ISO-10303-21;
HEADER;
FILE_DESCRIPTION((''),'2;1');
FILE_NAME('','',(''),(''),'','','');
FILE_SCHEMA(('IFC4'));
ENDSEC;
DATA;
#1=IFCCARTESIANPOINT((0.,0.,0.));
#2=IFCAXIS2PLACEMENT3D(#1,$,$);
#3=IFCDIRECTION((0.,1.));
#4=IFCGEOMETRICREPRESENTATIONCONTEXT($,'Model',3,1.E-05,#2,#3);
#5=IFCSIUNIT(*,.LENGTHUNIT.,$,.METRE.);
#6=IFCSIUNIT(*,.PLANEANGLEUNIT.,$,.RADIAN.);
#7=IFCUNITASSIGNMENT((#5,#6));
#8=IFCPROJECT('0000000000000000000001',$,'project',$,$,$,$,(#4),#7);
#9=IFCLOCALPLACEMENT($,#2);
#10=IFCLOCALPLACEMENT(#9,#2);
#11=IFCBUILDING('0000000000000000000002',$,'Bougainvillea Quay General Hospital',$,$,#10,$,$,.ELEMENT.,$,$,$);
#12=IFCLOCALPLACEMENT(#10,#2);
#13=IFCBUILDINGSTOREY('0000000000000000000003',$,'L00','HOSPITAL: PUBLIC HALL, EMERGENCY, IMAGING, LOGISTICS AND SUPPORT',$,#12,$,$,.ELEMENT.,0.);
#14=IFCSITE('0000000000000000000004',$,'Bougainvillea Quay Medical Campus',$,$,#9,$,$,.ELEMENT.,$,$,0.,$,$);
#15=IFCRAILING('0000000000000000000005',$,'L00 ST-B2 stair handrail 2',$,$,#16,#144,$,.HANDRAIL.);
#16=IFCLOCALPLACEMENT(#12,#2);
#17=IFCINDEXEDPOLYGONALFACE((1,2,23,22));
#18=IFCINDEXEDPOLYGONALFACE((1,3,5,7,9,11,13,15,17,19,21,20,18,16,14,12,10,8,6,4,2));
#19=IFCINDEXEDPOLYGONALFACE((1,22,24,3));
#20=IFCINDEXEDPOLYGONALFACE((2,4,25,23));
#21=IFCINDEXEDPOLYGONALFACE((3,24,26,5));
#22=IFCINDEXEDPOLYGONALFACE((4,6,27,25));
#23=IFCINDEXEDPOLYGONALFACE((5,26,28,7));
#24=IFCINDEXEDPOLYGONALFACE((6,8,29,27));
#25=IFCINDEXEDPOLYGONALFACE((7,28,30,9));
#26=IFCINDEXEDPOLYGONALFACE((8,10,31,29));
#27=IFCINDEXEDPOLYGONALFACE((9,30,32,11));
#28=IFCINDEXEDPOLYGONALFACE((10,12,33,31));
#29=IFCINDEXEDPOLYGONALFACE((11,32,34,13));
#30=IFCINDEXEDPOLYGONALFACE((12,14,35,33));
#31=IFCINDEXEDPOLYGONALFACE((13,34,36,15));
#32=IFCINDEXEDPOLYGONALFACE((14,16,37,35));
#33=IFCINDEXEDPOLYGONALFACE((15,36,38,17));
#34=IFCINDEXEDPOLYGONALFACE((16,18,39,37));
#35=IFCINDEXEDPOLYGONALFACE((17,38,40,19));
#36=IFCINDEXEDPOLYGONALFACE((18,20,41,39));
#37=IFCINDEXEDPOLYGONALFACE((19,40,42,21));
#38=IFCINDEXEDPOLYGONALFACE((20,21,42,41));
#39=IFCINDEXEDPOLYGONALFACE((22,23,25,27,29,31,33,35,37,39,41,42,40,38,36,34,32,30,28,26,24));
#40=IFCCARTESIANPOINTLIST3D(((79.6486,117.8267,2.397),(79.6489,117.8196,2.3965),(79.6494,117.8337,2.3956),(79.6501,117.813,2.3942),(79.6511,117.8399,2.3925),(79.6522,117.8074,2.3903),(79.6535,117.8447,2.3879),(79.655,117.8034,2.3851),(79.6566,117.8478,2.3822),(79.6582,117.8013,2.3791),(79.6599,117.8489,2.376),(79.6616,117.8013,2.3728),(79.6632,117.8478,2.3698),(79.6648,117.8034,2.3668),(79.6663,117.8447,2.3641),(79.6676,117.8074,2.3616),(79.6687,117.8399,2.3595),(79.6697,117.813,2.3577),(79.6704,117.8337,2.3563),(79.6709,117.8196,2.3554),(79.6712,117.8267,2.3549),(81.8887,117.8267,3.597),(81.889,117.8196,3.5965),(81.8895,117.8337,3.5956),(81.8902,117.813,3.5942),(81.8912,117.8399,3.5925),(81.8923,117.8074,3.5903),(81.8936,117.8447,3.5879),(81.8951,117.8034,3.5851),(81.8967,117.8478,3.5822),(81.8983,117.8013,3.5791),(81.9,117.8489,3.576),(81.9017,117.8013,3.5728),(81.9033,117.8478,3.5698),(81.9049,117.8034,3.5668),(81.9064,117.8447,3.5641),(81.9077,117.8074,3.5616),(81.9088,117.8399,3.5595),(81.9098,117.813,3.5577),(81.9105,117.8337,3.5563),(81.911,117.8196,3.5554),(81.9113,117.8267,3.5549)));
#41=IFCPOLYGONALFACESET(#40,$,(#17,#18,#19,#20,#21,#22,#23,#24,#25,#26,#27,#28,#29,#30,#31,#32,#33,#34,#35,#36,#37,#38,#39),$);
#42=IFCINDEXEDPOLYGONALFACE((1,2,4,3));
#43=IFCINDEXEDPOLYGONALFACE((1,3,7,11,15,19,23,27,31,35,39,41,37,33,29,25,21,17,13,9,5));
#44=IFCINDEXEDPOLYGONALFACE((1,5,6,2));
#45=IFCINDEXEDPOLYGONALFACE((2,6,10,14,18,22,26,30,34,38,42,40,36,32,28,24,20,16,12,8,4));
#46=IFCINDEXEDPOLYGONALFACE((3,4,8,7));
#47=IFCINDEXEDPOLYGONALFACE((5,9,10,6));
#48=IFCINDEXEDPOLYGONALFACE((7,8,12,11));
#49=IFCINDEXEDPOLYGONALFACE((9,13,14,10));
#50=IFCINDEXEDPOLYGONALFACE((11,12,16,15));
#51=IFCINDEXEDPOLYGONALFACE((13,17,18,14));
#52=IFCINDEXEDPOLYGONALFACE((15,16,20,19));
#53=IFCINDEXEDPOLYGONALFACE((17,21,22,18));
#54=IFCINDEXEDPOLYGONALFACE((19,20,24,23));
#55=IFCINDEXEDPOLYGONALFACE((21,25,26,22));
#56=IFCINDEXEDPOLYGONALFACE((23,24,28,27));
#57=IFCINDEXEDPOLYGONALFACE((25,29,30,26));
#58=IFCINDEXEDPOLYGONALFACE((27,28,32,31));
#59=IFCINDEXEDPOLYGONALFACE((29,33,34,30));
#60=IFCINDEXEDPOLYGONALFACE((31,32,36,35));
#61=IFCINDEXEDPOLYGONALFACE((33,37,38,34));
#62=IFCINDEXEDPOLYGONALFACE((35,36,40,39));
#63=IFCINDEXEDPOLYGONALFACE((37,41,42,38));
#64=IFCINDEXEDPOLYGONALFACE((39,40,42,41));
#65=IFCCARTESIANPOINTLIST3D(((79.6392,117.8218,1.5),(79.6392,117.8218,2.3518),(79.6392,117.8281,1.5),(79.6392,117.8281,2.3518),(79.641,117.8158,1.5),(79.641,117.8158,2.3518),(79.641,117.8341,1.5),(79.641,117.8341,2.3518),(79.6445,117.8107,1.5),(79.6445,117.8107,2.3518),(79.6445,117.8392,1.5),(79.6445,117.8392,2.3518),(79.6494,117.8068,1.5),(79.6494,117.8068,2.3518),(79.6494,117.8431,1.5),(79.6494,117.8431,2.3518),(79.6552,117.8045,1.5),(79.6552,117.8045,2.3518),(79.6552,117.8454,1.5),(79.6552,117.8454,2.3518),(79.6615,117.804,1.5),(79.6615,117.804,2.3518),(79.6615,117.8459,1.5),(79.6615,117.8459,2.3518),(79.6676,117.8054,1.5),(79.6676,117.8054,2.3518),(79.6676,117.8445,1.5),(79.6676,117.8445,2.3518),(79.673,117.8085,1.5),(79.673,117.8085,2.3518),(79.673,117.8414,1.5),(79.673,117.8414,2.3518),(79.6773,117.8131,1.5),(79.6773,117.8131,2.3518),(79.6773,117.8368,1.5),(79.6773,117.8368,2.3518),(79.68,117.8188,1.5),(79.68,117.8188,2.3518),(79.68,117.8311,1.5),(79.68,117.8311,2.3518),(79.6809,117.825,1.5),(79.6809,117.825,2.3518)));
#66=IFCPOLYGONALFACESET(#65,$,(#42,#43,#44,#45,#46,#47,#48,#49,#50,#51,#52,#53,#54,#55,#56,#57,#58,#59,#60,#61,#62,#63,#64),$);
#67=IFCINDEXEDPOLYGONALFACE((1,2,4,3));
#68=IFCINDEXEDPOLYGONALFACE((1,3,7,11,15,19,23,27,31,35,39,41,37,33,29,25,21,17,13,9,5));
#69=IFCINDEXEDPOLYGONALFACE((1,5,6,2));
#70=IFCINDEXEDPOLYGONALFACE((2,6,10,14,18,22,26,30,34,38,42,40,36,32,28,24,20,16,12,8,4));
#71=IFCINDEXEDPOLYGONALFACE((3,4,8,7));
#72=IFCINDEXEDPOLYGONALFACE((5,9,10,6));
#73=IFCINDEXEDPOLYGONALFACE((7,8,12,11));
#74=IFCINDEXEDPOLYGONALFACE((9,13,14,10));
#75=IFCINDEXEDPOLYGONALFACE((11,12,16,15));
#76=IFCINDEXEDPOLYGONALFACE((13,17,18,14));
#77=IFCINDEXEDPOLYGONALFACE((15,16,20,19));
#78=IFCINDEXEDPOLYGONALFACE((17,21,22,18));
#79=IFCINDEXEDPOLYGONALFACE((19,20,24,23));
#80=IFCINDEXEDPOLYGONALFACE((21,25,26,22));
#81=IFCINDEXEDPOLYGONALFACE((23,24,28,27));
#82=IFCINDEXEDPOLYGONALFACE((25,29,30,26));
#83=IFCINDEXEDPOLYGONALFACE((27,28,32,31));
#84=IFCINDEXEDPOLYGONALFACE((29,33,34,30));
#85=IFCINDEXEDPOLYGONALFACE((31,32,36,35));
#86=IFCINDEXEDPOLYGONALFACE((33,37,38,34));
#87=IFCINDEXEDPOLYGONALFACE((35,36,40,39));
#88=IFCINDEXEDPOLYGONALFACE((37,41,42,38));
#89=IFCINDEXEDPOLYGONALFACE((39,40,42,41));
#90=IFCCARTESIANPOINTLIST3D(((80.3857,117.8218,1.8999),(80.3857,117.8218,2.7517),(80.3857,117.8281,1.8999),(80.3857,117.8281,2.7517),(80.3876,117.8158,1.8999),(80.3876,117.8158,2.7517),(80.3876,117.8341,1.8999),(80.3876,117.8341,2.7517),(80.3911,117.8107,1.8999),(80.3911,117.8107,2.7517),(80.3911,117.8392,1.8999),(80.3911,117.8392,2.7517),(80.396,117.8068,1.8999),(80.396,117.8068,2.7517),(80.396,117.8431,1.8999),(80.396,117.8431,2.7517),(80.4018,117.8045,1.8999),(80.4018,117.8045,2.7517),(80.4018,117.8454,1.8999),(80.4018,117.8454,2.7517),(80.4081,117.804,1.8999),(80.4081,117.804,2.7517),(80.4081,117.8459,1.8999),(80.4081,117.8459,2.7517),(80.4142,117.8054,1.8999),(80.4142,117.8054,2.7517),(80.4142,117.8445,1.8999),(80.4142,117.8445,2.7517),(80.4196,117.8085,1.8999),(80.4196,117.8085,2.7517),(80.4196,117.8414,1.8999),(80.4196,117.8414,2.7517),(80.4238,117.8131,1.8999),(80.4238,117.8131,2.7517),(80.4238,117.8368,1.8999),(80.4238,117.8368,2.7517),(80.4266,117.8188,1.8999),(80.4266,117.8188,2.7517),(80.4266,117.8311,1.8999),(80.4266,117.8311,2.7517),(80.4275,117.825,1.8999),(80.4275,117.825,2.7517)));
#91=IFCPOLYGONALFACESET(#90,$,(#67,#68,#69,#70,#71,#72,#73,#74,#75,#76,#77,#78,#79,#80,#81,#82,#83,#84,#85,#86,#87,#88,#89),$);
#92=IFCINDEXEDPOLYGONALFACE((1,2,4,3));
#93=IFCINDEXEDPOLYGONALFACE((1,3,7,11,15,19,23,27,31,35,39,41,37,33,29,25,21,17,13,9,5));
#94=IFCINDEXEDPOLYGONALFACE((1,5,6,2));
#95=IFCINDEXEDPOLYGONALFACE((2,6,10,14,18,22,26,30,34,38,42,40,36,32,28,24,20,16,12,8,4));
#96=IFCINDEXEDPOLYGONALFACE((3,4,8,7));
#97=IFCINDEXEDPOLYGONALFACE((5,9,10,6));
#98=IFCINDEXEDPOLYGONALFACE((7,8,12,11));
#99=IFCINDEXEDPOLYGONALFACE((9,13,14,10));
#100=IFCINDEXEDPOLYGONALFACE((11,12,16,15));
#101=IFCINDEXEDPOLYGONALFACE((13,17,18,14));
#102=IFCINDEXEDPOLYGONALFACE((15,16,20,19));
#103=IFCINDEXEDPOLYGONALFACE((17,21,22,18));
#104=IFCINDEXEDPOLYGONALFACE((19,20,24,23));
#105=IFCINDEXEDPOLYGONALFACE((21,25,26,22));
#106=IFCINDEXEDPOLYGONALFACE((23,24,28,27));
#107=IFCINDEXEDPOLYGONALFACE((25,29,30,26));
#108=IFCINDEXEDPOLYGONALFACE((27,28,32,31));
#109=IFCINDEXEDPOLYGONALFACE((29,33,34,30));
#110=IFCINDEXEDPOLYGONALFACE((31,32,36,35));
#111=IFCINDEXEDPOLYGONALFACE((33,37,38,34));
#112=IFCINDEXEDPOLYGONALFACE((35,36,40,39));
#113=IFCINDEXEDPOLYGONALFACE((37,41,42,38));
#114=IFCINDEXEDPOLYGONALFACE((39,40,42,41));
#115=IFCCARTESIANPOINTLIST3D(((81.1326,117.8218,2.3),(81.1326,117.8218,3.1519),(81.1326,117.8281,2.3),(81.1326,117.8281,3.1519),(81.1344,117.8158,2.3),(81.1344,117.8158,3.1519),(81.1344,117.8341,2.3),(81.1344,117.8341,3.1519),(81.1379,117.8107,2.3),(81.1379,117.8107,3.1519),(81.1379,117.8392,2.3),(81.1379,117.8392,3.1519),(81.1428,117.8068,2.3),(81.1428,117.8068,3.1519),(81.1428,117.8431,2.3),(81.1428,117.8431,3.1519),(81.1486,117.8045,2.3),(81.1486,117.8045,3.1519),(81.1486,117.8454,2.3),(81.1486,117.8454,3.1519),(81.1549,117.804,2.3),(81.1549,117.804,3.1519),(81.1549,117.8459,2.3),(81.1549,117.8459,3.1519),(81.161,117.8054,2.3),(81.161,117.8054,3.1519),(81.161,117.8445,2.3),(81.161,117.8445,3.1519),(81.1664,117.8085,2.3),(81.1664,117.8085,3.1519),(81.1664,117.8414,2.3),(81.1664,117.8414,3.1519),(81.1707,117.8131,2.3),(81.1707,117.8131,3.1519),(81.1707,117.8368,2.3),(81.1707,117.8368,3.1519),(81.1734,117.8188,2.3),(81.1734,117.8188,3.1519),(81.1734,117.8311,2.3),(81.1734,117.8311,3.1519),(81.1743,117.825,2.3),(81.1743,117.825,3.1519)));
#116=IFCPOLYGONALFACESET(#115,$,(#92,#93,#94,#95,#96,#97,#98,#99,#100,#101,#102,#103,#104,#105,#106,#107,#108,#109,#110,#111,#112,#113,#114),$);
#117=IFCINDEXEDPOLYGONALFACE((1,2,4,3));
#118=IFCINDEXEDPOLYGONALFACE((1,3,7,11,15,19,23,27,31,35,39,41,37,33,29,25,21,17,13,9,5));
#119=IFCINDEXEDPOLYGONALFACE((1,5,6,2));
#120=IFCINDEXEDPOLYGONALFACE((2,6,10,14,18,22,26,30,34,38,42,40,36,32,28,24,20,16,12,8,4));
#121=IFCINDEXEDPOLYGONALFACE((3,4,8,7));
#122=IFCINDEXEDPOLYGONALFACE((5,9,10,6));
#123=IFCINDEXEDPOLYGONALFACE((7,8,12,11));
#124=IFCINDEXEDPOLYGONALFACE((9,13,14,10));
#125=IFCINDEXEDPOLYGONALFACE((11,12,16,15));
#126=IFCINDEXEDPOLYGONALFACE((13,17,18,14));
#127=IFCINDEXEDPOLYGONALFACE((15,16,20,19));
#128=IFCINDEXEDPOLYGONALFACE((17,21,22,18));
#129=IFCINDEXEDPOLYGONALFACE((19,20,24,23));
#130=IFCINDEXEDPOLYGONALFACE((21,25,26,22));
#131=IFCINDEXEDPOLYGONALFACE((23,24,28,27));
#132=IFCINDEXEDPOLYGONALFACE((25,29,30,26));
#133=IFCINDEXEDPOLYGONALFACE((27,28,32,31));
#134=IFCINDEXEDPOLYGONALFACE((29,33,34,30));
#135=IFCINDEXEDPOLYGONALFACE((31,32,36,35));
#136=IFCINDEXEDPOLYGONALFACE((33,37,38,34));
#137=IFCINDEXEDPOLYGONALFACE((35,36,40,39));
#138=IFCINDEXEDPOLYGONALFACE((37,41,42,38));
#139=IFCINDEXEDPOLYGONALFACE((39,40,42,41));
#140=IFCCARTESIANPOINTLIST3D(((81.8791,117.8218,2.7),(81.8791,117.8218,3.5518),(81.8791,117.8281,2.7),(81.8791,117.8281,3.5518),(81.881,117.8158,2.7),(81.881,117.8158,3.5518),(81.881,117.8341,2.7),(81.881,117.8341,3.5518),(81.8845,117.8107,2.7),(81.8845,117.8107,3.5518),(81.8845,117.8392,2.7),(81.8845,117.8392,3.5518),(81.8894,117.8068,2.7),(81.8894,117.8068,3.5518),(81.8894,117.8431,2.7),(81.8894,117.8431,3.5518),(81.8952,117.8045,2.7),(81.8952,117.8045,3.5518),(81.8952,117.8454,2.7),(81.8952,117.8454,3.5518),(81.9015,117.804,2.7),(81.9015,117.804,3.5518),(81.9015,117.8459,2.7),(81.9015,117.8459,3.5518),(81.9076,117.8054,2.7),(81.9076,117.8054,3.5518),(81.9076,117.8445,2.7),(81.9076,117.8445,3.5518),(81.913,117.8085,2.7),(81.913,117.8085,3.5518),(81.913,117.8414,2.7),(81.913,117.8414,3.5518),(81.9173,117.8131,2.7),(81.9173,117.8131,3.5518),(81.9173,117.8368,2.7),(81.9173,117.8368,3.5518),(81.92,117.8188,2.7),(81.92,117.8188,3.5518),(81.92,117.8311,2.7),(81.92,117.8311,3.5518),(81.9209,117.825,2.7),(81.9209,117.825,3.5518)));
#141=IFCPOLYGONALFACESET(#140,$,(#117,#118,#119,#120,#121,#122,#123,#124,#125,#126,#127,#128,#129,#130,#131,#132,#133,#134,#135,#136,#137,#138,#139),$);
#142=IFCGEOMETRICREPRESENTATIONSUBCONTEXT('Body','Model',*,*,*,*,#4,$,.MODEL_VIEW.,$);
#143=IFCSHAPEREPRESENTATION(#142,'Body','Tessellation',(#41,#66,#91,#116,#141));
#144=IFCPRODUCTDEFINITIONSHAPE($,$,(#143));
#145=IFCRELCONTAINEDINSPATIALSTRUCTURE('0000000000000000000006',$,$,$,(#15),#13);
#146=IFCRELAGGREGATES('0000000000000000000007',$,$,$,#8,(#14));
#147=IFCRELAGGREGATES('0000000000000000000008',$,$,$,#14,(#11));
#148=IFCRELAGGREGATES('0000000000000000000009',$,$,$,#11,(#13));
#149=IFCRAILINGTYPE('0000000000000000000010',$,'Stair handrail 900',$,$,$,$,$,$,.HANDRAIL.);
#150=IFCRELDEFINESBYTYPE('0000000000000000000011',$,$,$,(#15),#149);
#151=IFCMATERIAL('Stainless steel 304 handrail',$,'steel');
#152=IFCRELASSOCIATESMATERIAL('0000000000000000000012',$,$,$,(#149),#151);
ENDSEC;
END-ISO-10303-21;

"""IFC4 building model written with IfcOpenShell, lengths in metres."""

from ifc_helpers import new_model, si_unit, direction, frame, origin, origin_2d, place, context, subcontext, project, spatial, circle, extrude, material, type_object, element, save


model = new_model("IFC4")

# Units and contexts
model_context = context("Model", 3, precision=1e-05, world=origin(), true_north=direction((0.0, 1.0)))
body_context = subcontext(model_context, "Body", "Model", "MODEL_VIEW")
ifc_project = project(units=[si_unit("LENGTHUNIT", "METRE"), si_unit("PLANEANGLEUNIT", "RADIAN")], contexts=[model_context])

# Site, building, storey
site_placement = place(None, origin())
site = spatial("IfcSite", under=ifc_project, at=site_placement, Name="Bougainvillea Quay Medical Campus", CompositionType="ELEMENT", RefElevation=0.0)
building_placement = place(site_placement, origin())
building = spatial("IfcBuilding", under=site, at=building_placement, Name="Bougainvillea Quay General Hospital", CompositionType="ELEMENT")
storey_placement = place(building_placement, origin())
storey = spatial("IfcBuildingStorey", under=building, at=storey_placement, Name="L00", Description="HOSPITAL: PUBLIC HALL, EMERGENCY, IMAGING, LOGISTICS AND SUPPORT", CompositionType="ELEMENT", Elevation=0.0)

# Railing
ifc_material_1 = material(Name="Stainless steel 304 handrail", Category="steel")
railing_type_1 = type_object("IfcRailingType", Name="Stair handrail 900", PredefinedType="HANDRAIL", material=ifc_material_1)
railing_1_placement = place(storey_placement, frame((79.6599, 117.825, 1.5)))
element("IfcRailing", 1, at=railing_1_placement, inside=storey, type_object=railing_type_1, Name="L00 ST-B2 stair handrail 2", PredefinedType="HANDRAIL", context=body_context, shape_type="SweptSolid", body=[
    extrude(circle(Radius=0.0239, at=origin_2d()), frame((0.0, 0.0, 0.876), z_axis=(0.881487, 0.0, 0.472208), x_axis=(0.0, 1.0, 0.0)), (0.0, 0.0, 1.0), 2.5413),
    extrude(circle(Radius=0.021, at=origin_2d()), origin(), (0.0, 0.0, 1.0), 0.8518),
    extrude(circle(Radius=0.021, at=origin_2d()), frame((0.7466, 0.0, 0.3999)), (0.0, 0.0, 1.0), 0.8518),
    extrude(circle(Radius=0.021, at=origin_2d()), frame((1.4934, 0.0, 0.8)), (0.0, 0.0, 1.0), 0.8518),
    extrude(circle(Radius=0.021, at=origin_2d()), frame((2.24, 0.0, 1.2)), (0.0, 0.0, 1.0), 0.8518),
])

save(model, "model.ifc")
